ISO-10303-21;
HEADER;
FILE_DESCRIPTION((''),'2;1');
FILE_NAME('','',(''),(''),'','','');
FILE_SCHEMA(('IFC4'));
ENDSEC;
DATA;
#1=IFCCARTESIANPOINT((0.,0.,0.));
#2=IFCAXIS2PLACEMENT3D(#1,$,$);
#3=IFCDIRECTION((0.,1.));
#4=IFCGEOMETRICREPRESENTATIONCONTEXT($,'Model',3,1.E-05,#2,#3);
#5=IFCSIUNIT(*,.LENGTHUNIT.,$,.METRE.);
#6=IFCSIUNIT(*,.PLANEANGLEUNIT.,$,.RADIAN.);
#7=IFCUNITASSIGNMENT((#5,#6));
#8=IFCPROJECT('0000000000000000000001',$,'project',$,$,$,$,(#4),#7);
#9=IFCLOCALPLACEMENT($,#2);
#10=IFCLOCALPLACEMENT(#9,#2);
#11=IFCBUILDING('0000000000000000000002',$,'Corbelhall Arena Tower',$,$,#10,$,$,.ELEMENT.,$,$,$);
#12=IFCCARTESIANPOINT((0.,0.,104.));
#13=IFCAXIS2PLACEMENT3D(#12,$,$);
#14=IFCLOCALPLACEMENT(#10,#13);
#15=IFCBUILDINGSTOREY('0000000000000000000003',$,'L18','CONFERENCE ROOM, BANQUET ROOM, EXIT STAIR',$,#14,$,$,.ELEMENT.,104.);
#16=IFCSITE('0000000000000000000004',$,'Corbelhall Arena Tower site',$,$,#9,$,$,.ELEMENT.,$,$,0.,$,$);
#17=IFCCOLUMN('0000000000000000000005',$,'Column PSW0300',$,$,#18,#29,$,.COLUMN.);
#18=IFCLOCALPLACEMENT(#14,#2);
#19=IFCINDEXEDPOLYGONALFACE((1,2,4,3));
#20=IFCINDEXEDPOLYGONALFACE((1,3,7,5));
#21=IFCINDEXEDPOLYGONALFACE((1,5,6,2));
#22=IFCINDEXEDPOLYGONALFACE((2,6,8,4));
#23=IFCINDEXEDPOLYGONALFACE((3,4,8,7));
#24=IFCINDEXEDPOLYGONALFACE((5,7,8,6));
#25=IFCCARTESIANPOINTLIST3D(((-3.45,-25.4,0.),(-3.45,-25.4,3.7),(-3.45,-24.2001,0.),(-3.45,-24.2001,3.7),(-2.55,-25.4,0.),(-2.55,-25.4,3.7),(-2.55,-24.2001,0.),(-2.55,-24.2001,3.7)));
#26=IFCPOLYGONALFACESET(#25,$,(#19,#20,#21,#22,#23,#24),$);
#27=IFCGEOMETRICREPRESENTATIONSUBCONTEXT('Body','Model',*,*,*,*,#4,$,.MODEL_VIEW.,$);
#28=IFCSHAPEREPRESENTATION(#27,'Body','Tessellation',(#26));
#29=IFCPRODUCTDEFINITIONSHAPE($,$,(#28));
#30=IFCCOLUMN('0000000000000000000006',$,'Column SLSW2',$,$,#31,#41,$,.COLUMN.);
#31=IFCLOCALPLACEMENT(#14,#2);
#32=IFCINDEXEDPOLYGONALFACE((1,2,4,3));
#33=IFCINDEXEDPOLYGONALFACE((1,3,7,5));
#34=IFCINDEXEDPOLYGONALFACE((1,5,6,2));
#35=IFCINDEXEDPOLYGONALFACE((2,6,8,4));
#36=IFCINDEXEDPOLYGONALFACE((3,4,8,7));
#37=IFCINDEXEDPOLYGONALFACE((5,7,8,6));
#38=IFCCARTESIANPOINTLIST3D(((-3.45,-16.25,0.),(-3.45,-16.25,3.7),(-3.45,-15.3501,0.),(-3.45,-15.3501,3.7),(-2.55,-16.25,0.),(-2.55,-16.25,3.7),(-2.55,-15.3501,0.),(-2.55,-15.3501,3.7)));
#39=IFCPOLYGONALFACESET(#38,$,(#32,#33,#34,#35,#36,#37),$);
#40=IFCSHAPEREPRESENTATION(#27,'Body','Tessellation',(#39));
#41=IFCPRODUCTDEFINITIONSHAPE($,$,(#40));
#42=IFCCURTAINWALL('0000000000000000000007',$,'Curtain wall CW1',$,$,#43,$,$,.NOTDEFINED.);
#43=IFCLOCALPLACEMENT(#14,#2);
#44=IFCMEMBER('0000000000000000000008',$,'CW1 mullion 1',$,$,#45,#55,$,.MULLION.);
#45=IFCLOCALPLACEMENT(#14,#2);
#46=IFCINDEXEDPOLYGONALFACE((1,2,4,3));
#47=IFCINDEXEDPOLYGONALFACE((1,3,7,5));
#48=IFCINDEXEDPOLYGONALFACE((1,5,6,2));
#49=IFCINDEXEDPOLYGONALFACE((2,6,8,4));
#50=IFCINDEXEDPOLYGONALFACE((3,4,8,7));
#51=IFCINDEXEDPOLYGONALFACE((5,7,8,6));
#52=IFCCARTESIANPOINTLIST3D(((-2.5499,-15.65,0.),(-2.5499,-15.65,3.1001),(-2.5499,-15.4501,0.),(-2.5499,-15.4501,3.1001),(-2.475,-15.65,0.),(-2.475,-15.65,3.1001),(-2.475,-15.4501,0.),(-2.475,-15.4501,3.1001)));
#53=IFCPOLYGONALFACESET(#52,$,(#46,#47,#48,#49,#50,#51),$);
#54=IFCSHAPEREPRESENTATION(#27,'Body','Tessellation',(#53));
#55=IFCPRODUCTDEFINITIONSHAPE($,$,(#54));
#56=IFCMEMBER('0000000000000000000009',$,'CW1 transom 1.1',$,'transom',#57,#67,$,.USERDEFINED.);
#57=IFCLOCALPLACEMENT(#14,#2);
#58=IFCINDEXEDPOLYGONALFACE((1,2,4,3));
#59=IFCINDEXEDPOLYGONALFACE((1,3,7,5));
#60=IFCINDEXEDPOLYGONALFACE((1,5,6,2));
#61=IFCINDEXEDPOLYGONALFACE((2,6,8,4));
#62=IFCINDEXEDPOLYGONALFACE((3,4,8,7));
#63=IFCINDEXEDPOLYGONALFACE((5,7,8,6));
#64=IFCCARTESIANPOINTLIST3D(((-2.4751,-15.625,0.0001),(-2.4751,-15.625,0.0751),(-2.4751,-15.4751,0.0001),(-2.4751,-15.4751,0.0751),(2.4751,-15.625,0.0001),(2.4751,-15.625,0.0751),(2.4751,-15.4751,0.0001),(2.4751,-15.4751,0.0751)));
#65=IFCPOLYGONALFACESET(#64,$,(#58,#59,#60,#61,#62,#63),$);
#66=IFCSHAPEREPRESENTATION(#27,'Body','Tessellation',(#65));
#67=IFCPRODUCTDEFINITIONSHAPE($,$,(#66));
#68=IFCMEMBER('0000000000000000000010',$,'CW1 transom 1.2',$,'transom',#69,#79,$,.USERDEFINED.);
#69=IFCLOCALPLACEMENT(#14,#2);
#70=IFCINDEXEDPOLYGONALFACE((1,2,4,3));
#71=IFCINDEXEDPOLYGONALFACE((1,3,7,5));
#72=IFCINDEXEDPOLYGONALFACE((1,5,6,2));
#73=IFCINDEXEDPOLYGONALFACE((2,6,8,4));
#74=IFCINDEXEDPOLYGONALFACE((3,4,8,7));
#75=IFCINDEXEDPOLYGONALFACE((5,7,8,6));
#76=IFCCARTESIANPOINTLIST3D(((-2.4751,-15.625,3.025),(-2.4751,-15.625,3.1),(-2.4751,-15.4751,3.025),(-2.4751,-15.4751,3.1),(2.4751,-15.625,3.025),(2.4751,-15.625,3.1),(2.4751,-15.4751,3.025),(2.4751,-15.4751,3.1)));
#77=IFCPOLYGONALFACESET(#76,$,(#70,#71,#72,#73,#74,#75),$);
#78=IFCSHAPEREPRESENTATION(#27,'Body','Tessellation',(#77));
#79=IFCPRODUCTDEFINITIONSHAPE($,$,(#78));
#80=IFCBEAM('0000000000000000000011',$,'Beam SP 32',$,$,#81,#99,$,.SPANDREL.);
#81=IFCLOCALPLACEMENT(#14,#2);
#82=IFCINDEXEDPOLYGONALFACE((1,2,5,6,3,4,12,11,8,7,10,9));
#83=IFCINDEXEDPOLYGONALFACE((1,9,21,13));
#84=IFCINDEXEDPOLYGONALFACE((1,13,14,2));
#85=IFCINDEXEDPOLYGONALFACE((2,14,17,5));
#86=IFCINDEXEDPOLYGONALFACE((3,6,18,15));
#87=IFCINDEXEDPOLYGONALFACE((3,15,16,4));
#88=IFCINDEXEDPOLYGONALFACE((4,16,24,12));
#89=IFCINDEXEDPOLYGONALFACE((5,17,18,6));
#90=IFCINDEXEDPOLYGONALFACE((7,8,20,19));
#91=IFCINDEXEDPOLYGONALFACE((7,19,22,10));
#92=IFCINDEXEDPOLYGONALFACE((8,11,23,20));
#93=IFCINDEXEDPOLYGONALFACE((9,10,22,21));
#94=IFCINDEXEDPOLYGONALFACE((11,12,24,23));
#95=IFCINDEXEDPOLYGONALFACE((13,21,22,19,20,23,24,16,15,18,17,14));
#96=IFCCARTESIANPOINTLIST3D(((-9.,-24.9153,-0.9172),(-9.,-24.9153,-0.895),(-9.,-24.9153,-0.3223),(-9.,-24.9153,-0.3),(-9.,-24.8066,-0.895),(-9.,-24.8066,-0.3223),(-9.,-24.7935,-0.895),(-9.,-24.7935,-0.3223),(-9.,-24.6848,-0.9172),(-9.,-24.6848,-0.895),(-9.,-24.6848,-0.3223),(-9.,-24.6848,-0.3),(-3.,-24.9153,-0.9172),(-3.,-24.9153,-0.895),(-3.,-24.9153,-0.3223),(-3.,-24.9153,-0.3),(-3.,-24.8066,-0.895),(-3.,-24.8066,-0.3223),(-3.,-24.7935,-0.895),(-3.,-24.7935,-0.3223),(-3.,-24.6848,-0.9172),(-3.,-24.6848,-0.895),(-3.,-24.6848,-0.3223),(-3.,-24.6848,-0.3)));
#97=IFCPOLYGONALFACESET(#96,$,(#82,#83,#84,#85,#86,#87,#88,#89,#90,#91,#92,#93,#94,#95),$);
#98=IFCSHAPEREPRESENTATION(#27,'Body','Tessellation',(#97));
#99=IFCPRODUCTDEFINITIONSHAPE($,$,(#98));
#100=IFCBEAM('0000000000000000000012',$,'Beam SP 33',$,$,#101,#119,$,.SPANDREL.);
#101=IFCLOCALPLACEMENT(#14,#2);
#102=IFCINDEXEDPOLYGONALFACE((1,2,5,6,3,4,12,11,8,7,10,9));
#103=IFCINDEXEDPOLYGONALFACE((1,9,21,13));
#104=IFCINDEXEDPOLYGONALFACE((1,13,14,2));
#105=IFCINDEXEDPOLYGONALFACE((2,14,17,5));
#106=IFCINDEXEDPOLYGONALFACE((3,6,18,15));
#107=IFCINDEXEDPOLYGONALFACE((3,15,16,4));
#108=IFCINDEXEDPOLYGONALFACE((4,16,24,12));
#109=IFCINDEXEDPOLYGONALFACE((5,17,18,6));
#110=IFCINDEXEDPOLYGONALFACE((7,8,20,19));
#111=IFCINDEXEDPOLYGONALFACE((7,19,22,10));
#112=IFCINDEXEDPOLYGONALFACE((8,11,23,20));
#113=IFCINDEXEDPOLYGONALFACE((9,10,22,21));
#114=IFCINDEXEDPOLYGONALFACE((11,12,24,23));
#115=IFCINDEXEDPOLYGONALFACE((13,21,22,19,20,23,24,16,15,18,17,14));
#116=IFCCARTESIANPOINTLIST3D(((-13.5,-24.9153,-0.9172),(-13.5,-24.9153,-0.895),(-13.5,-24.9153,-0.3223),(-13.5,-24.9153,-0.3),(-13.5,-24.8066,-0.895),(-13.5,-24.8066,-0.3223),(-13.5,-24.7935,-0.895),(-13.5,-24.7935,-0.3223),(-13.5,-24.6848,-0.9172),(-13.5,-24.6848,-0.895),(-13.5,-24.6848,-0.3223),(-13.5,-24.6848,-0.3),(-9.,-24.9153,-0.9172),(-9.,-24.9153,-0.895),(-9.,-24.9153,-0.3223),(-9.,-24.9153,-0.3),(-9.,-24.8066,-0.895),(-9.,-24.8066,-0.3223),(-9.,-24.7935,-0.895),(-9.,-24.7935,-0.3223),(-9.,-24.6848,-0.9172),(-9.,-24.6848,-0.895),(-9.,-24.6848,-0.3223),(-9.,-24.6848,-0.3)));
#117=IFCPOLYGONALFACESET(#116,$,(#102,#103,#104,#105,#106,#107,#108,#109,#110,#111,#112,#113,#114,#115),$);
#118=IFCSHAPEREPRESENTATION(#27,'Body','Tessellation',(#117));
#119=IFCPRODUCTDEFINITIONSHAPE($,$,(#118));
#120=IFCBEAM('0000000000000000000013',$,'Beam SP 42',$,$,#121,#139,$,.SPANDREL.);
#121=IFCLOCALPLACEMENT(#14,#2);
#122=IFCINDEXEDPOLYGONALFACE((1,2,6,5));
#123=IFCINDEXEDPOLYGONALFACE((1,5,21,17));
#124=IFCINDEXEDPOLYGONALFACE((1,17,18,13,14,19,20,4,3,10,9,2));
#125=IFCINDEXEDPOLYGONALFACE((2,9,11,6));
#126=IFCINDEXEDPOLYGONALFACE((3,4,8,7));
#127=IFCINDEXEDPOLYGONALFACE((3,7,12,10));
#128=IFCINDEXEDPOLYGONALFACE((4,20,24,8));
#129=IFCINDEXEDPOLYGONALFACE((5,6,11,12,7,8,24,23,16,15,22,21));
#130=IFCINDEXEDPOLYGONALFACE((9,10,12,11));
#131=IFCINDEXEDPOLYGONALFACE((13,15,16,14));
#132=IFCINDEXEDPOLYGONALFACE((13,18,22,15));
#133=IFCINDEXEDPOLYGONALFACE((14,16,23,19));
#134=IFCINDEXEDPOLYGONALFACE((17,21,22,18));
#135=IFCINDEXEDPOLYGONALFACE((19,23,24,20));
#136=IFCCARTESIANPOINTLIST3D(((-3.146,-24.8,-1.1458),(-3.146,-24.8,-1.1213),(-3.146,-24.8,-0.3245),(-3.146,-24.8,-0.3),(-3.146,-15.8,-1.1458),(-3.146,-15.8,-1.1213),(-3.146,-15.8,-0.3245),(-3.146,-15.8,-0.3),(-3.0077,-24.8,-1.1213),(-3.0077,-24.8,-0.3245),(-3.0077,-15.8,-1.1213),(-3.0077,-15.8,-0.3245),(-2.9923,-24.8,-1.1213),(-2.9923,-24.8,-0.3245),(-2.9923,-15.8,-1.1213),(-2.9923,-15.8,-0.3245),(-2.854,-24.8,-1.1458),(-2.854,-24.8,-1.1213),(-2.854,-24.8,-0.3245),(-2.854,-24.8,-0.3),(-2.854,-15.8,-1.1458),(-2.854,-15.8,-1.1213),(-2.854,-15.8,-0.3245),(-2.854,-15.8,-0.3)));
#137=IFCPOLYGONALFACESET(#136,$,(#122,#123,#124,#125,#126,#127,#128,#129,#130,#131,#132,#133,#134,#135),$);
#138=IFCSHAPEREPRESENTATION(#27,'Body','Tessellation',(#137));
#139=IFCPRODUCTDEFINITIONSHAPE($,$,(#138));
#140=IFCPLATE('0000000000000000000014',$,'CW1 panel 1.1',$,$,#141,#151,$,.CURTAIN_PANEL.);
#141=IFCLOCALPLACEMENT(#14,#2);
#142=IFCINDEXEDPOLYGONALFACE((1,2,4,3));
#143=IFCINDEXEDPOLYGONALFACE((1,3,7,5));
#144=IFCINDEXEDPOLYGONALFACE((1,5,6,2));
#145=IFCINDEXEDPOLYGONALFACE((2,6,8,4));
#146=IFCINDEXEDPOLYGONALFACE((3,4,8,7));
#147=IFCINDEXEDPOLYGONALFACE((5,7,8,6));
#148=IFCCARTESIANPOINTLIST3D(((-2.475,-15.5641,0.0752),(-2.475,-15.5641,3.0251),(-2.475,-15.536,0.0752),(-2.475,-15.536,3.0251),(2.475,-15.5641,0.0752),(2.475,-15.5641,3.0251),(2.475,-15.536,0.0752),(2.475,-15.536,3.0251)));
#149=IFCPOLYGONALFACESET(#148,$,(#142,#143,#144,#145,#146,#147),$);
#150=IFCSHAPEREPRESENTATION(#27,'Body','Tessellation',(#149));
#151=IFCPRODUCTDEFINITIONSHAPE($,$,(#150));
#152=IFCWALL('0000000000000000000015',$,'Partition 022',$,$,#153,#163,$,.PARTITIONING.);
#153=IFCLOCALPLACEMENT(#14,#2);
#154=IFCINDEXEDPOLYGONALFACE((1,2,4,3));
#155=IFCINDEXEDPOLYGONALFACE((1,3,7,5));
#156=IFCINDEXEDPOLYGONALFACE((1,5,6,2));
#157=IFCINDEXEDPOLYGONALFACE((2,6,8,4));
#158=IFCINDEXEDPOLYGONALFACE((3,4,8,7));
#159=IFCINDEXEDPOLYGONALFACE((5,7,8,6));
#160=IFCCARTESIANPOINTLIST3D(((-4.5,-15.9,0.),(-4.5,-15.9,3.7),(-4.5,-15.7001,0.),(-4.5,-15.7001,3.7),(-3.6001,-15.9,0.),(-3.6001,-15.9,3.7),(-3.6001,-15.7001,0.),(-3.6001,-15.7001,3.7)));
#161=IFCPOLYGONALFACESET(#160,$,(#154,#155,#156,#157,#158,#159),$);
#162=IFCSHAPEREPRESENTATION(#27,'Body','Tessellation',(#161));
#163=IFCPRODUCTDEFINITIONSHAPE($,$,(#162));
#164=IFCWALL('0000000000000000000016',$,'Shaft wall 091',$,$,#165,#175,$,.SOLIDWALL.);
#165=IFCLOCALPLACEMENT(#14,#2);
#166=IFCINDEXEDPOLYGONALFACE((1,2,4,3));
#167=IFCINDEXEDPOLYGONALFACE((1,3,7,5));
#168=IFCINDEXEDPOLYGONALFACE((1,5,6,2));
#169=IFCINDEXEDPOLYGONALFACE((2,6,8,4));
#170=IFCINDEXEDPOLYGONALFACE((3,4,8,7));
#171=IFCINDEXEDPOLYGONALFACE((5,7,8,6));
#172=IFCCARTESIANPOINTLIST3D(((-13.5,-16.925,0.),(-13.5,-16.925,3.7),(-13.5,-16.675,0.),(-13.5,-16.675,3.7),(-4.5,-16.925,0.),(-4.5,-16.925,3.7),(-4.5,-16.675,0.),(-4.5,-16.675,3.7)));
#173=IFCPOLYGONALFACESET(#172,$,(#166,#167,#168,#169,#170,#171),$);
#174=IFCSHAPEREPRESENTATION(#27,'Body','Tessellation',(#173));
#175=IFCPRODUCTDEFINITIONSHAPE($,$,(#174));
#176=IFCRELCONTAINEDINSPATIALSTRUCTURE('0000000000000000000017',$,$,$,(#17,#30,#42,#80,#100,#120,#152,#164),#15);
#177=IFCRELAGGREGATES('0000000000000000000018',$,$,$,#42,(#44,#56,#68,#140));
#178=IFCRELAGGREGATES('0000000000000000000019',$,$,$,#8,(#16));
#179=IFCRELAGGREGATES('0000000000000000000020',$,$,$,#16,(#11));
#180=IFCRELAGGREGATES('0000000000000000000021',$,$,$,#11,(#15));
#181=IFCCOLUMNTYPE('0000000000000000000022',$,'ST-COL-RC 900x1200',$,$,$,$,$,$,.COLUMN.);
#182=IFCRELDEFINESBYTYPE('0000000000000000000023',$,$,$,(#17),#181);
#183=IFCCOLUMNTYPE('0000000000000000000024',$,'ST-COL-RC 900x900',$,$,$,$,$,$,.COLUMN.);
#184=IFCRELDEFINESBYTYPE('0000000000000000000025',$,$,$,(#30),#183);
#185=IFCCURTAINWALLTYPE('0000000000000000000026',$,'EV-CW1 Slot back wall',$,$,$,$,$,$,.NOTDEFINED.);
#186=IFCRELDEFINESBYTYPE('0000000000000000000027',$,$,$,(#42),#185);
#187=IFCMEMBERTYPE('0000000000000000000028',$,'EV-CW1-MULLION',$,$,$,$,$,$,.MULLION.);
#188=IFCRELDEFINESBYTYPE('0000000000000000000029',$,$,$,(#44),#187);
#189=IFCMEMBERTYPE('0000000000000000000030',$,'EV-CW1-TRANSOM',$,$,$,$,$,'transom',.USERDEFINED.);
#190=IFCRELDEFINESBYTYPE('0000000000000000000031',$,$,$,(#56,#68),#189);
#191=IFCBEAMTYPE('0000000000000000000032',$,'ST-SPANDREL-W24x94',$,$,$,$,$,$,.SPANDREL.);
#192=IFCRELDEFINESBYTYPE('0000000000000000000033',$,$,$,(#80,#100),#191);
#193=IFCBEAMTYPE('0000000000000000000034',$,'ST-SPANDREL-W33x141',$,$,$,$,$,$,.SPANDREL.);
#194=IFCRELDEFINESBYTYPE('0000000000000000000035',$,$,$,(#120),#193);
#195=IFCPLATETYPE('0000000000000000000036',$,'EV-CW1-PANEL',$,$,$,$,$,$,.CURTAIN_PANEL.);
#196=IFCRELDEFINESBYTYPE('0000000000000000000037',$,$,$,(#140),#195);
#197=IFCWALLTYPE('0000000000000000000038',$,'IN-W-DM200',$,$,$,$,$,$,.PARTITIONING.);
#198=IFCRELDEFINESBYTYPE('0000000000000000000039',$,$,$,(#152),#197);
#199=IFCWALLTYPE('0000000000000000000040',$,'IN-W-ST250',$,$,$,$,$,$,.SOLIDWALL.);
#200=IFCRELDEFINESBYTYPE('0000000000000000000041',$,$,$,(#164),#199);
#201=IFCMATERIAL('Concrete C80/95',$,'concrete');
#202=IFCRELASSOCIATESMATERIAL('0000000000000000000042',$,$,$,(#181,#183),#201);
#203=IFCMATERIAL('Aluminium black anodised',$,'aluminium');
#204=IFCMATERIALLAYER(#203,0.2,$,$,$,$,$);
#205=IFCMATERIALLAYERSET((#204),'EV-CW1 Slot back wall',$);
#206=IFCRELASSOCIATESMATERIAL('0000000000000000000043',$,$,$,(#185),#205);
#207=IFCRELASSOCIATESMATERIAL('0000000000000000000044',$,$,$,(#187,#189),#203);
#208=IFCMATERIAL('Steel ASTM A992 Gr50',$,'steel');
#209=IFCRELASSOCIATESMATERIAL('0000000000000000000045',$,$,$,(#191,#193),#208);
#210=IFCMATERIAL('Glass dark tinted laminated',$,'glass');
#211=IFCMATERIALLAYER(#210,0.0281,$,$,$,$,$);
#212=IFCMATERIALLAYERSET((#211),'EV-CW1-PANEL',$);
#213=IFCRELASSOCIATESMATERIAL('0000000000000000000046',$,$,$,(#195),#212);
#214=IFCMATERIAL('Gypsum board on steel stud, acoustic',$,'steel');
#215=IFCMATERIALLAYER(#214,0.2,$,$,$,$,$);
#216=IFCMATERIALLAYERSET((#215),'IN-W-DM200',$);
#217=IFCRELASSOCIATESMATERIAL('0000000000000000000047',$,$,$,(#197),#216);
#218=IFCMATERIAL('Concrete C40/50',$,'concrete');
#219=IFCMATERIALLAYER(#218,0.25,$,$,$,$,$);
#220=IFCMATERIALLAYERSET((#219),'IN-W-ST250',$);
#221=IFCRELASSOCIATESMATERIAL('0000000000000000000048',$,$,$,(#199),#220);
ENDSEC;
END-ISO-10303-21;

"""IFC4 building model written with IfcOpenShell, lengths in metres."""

from ifc_helpers import new_model, si_unit, direction, frame, frame_2d, origin, origin_2d, place, context, subcontext, project, spatial, rectangle, i_section, extrude, material, layer, layer_set, material_profile, profile_set, type_object, element, aggregate, save


model = new_model("IFC4")

# Units and contexts
model_context = context("Model", 3, precision=1e-05, world=origin(), true_north=direction((0.0, 1.0)))
body_context = subcontext(model_context, "Body", "Model", "MODEL_VIEW")
ifc_project = project(units=[si_unit("LENGTHUNIT", "METRE"), si_unit("PLANEANGLEUNIT", "RADIAN")], contexts=[model_context])

# Site, building, storey
site_placement = place(None, origin())
site = spatial("IfcSite", under=ifc_project, at=site_placement, Name="Corbelhall Arena Tower site", CompositionType="ELEMENT", RefElevation=0.0)
building_placement = place(site_placement, origin())
building = spatial("IfcBuilding", under=site, at=building_placement, Name="Corbelhall Arena Tower", CompositionType="ELEMENT")
storey_placement = place(building_placement, frame((0.0, 0.0, 104.0)))
storey = spatial("IfcBuildingStorey", under=building, at=storey_placement, Name="L18", Description="CONFERENCE ROOM, BANQUET ROOM, EXIT STAIR", CompositionType="ELEMENT", Elevation=104.0)

# Columns
ifc_material_1 = material(Name="Concrete C80/95", Category="concrete")
ifc_material_profile_1 = material_profile(ifc_material_1, rectangle(XDim=0.8999, YDim=1.2, at=origin_2d()))
ifc_profile_set_1 = profile_set([ifc_material_profile_1], Name="Concrete C80/95")
column_type_1 = type_object("IfcColumnType", Name="ST-COL-RC 900x1200", PredefinedType="COLUMN", material=ifc_profile_set_1)
column_1_placement = place(storey_placement, frame((-3.0, -24.8, 0.0), z_axis=(0.0, 0.0, 1.0), x_axis=(1.0, 0.0, 0.0)))
element("IfcColumn", 1, at=column_1_placement, inside=storey, type_object=column_type_1, Name="Column PSW0300", PredefinedType="COLUMN", context=body_context, shape_type="SweptSolid", body=[
    extrude(rectangle(XDim=0.8999, YDim=1.2, at=origin_2d()), origin(), (0.0, 0.0, 1.0), 3.7),
])
ifc_material_profile_2 = material_profile(ifc_material_1, rectangle(XDim=0.8999, YDim=0.8999, at=origin_2d()))
ifc_profile_set_2 = profile_set([ifc_material_profile_2], Name="Concrete C80/95")
column_type_2 = type_object("IfcColumnType", Name="ST-COL-RC 900x900", PredefinedType="COLUMN", material=ifc_profile_set_2)
column_2_placement = place(storey_placement, frame((-3.0, -15.8, 0.0), z_axis=(0.0, 0.0, 1.0), x_axis=(1.0, 0.0, 0.0)))
element("IfcColumn", 2, at=column_2_placement, inside=storey, type_object=column_type_2, Name="Column SLSW2", PredefinedType="COLUMN", context=body_context, shape_type="SweptSolid", body=[
    extrude(rectangle(XDim=0.8999, YDim=0.8999, at=origin_2d()), origin(), (0.0, 0.0, 1.0), 3.7),
])

# Curtain wall, members
ifc_material_2 = material(Name="Aluminium black anodised", Category="aluminium")
ifc_layer_1 = layer(ifc_material_2, 0.2)
ifc_layer_set_1 = layer_set([ifc_layer_1], Name="EV-CW1 Slot back wall")
curtain_wall_type = type_object("IfcCurtainWallType", Name="EV-CW1 Slot back wall", PredefinedType="NOTDEFINED", material=ifc_layer_set_1)
curtain_wall_placement = place(storey_placement, origin())
curtain_wall = element("IfcCurtainWall", 3, at=curtain_wall_placement, inside=storey, type_object=curtain_wall_type, Name="Curtain wall CW1", PredefinedType="NOTDEFINED")
ifc_material_profile_3 = material_profile(ifc_material_2, rectangle(XDim=0.2, YDim=0.075, at=origin_2d()))
ifc_profile_set_3 = profile_set([ifc_material_profile_3], Name="Aluminium black anodised")
member_type_1 = type_object("IfcMemberType", Name="EV-CW1-MULLION", PredefinedType="MULLION", material=ifc_profile_set_3)
member_1_placement = place(storey_placement, frame((-2.5125, -15.55, 0.0), z_axis=(0.0, 0.0, 1.0), x_axis=(0.0, 1.0, 0.0)))
member_1 = element("IfcMember", 4, at=member_1_placement, type_object=member_type_1, Name="CW1 mullion 1", PredefinedType="MULLION", context=body_context, shape_type="SweptSolid", body=[
    extrude(rectangle(XDim=0.2, YDim=0.075, at=origin_2d()), origin(), (0.0, 0.0, 1.0), 3.1001),
])
ifc_material_profile_4 = material_profile(ifc_material_2, rectangle(XDim=0.1499, YDim=0.075, at=origin_2d()))
ifc_profile_set_4 = profile_set([ifc_material_profile_4], Name="Aluminium black anodised")
member_type_2 = type_object("IfcMemberType", Name="EV-CW1-TRANSOM", ElementType="transom", PredefinedType="USERDEFINED", material=ifc_profile_set_4)
member_2_placement = place(storey_placement, frame((-2.4751, -15.55, 0.0376), z_axis=(1.0, 0.0, 0.0), x_axis=(0.0, 1.0, 0.0)))
member_2 = element("IfcMember", 5, at=member_2_placement, type_object=member_type_2, Name="CW1 transom 1.1", ObjectType="transom", PredefinedType="USERDEFINED", context=body_context, shape_type="SweptSolid", body=[
    extrude(rectangle(XDim=0.1499, YDim=0.075, at=origin_2d()), origin(), (0.0, 0.0, 1.0), 4.9502),
])
member_3_placement = place(storey_placement, frame((-2.4751, -15.55, 3.0625), z_axis=(1.0, 0.0, 0.0), x_axis=(0.0, 1.0, 0.0)))
member_3 = element("IfcMember", 6, at=member_3_placement, type_object=member_type_2, Name="CW1 transom 1.2", ObjectType="transom", PredefinedType="USERDEFINED", context=body_context, shape_type="SweptSolid", body=[
    extrude(rectangle(XDim=0.1499, YDim=0.075, at=origin_2d()), origin(), (0.0, 0.0, 1.0), 4.9502),
])

# Beams
ifc_material_3 = material(Name="Steel ASTM A992 Gr50", Category="steel")
ifc_material_profile_5 = material_profile(ifc_material_3, i_section(OverallWidth=0.2305, OverallDepth=0.6172, WebThickness=0.0132, FlangeThickness=0.0222, at=origin_2d()))
ifc_profile_set_5 = profile_set([ifc_material_profile_5], Name="Steel ASTM A992 Gr50")
beam_type_1 = type_object("IfcBeamType", Name="ST-SPANDREL-W24x94", PredefinedType="SPANDREL", material=ifc_profile_set_5)
beam_1_placement = place(storey_placement, frame((-3.0, -24.8, -0.6086), z_axis=(-1.0, 0.0, 0.0), x_axis=(0.0, -1.0, 0.0)))
element("IfcBeam", 7, at=beam_1_placement, inside=storey, type_object=beam_type_1, Name="Beam SP 32", PredefinedType="SPANDREL", context=body_context, shape_type="SweptSolid", body=[
    extrude(i_section(OverallWidth=0.2305, OverallDepth=0.6172, WebThickness=0.0132, FlangeThickness=0.0222, at=origin_2d()), origin(), (0.0, 0.0, 1.0), 6.0),
])
beam_2_placement = place(storey_placement, frame((-9.0, -24.8, -0.6086), z_axis=(-1.0, 0.0, 0.0), x_axis=(0.0, -1.0, 0.0)))
element("IfcBeam", 8, at=beam_2_placement, inside=storey, type_object=beam_type_1, Name="Beam SP 33", PredefinedType="SPANDREL", context=body_context, shape_type="SweptSolid", body=[
    extrude(i_section(OverallWidth=0.2305, OverallDepth=0.6172, WebThickness=0.0132, FlangeThickness=0.0222, at=origin_2d()), origin(), (0.0, 0.0, 1.0), 4.5),
])
ifc_material_profile_6 = material_profile(ifc_material_3, i_section(OverallWidth=0.292, OverallDepth=0.8457, WebThickness=0.0154, FlangeThickness=0.0244, at=origin_2d()))
ifc_profile_set_6 = profile_set([ifc_material_profile_6], Name="Steel ASTM A992 Gr50")
beam_type_2 = type_object("IfcBeamType", Name="ST-SPANDREL-W33x141", PredefinedType="SPANDREL", material=ifc_profile_set_6)
beam_3_placement = place(storey_placement, frame((-3.0, -15.8, -0.7229), z_axis=(0.0, -1.0, 0.0), x_axis=(1.0, 0.0, 0.0)))
element("IfcBeam", 9, at=beam_3_placement, inside=storey, type_object=beam_type_2, Name="Beam SP 42", PredefinedType="SPANDREL", context=body_context, shape_type="SweptSolid", body=[
    extrude(i_section(OverallWidth=0.292, OverallDepth=0.8457, WebThickness=0.0154, FlangeThickness=0.0244, at=origin_2d()), origin(), (0.0, 0.0, 1.0), 9.0),
])

# Plate
ifc_material_4 = material(Name="Glass dark tinted laminated", Category="glass")
ifc_layer_2 = layer(ifc_material_4, 0.0281)
ifc_layer_set_2 = layer_set([ifc_layer_2], Name="EV-CW1-PANEL")
plate_type = type_object("IfcPlateType", Name="EV-CW1-PANEL", PredefinedType="CURTAIN_PANEL", material=ifc_layer_set_2)
plate_placement = place(storey_placement, frame((0.0, -15.55, 0.0752), z_axis=(0.0, 0.0, 1.0), x_axis=(1.0, 0.0, 0.0)))
plate = element("IfcPlate", 10, at=plate_placement, type_object=plate_type, Name="CW1 panel 1.1", PredefinedType="CURTAIN_PANEL", context=body_context, shape_type="SweptSolid", body=[
    extrude(rectangle(XDim=4.95, YDim=0.0281, at=origin_2d()), origin(), (0.0, 0.0, 1.0), 2.95),
])
aggregate(curtain_wall, [member_1, member_2, member_3, plate])

# Walls
ifc_material_5 = material(Name="Gypsum board on steel stud, acoustic", Category="steel")
ifc_layer_3 = layer(ifc_material_5, 0.2)
ifc_layer_set_3 = layer_set([ifc_layer_3], Name="IN-W-DM200")
wall_type_1 = type_object("IfcWallType", Name="IN-W-DM200", PredefinedType="PARTITIONING", material=ifc_layer_set_3)
wall_1_placement = place(storey_placement, frame((-3.6001, -15.8, 0.0), z_axis=(0.0, 0.0, 1.0), x_axis=(-1.0, 0.0, 0.0)))
element("IfcWall", 11, at=wall_1_placement, inside=storey, type_object=wall_type_1, Name="Partition 022", PredefinedType="PARTITIONING", context=body_context, shape_type="SweptSolid", body=[
    extrude(rectangle(XDim=0.8999, YDim=0.2, at=frame_2d((0.45, 0.0))), origin(), (0.0, 0.0, 1.0), 3.7),
])
ifc_material_6 = material(Name="Concrete C40/50", Category="concrete")
ifc_layer_4 = layer(ifc_material_6, 0.25)
ifc_layer_set_4 = layer_set([ifc_layer_4], Name="IN-W-ST250")
wall_type_2 = type_object("IfcWallType", Name="IN-W-ST250", PredefinedType="SOLIDWALL", material=ifc_layer_set_4)
wall_2_placement = place(storey_placement, frame((-4.5, -16.8, 0.0), z_axis=(0.0, 0.0, 1.0), x_axis=(-1.0, 0.0, 0.0)))
element("IfcWall", 12, at=wall_2_placement, inside=storey, type_object=wall_type_2, Name="Shaft wall 091", PredefinedType="SOLIDWALL", context=body_context, shape_type="SweptSolid", body=[
    extrude(rectangle(XDim=9.0, YDim=0.25, at=frame_2d((4.5, 0.0))), origin(), (0.0, 0.0, 1.0), 3.7),
])

save(model, "model.ifc")
